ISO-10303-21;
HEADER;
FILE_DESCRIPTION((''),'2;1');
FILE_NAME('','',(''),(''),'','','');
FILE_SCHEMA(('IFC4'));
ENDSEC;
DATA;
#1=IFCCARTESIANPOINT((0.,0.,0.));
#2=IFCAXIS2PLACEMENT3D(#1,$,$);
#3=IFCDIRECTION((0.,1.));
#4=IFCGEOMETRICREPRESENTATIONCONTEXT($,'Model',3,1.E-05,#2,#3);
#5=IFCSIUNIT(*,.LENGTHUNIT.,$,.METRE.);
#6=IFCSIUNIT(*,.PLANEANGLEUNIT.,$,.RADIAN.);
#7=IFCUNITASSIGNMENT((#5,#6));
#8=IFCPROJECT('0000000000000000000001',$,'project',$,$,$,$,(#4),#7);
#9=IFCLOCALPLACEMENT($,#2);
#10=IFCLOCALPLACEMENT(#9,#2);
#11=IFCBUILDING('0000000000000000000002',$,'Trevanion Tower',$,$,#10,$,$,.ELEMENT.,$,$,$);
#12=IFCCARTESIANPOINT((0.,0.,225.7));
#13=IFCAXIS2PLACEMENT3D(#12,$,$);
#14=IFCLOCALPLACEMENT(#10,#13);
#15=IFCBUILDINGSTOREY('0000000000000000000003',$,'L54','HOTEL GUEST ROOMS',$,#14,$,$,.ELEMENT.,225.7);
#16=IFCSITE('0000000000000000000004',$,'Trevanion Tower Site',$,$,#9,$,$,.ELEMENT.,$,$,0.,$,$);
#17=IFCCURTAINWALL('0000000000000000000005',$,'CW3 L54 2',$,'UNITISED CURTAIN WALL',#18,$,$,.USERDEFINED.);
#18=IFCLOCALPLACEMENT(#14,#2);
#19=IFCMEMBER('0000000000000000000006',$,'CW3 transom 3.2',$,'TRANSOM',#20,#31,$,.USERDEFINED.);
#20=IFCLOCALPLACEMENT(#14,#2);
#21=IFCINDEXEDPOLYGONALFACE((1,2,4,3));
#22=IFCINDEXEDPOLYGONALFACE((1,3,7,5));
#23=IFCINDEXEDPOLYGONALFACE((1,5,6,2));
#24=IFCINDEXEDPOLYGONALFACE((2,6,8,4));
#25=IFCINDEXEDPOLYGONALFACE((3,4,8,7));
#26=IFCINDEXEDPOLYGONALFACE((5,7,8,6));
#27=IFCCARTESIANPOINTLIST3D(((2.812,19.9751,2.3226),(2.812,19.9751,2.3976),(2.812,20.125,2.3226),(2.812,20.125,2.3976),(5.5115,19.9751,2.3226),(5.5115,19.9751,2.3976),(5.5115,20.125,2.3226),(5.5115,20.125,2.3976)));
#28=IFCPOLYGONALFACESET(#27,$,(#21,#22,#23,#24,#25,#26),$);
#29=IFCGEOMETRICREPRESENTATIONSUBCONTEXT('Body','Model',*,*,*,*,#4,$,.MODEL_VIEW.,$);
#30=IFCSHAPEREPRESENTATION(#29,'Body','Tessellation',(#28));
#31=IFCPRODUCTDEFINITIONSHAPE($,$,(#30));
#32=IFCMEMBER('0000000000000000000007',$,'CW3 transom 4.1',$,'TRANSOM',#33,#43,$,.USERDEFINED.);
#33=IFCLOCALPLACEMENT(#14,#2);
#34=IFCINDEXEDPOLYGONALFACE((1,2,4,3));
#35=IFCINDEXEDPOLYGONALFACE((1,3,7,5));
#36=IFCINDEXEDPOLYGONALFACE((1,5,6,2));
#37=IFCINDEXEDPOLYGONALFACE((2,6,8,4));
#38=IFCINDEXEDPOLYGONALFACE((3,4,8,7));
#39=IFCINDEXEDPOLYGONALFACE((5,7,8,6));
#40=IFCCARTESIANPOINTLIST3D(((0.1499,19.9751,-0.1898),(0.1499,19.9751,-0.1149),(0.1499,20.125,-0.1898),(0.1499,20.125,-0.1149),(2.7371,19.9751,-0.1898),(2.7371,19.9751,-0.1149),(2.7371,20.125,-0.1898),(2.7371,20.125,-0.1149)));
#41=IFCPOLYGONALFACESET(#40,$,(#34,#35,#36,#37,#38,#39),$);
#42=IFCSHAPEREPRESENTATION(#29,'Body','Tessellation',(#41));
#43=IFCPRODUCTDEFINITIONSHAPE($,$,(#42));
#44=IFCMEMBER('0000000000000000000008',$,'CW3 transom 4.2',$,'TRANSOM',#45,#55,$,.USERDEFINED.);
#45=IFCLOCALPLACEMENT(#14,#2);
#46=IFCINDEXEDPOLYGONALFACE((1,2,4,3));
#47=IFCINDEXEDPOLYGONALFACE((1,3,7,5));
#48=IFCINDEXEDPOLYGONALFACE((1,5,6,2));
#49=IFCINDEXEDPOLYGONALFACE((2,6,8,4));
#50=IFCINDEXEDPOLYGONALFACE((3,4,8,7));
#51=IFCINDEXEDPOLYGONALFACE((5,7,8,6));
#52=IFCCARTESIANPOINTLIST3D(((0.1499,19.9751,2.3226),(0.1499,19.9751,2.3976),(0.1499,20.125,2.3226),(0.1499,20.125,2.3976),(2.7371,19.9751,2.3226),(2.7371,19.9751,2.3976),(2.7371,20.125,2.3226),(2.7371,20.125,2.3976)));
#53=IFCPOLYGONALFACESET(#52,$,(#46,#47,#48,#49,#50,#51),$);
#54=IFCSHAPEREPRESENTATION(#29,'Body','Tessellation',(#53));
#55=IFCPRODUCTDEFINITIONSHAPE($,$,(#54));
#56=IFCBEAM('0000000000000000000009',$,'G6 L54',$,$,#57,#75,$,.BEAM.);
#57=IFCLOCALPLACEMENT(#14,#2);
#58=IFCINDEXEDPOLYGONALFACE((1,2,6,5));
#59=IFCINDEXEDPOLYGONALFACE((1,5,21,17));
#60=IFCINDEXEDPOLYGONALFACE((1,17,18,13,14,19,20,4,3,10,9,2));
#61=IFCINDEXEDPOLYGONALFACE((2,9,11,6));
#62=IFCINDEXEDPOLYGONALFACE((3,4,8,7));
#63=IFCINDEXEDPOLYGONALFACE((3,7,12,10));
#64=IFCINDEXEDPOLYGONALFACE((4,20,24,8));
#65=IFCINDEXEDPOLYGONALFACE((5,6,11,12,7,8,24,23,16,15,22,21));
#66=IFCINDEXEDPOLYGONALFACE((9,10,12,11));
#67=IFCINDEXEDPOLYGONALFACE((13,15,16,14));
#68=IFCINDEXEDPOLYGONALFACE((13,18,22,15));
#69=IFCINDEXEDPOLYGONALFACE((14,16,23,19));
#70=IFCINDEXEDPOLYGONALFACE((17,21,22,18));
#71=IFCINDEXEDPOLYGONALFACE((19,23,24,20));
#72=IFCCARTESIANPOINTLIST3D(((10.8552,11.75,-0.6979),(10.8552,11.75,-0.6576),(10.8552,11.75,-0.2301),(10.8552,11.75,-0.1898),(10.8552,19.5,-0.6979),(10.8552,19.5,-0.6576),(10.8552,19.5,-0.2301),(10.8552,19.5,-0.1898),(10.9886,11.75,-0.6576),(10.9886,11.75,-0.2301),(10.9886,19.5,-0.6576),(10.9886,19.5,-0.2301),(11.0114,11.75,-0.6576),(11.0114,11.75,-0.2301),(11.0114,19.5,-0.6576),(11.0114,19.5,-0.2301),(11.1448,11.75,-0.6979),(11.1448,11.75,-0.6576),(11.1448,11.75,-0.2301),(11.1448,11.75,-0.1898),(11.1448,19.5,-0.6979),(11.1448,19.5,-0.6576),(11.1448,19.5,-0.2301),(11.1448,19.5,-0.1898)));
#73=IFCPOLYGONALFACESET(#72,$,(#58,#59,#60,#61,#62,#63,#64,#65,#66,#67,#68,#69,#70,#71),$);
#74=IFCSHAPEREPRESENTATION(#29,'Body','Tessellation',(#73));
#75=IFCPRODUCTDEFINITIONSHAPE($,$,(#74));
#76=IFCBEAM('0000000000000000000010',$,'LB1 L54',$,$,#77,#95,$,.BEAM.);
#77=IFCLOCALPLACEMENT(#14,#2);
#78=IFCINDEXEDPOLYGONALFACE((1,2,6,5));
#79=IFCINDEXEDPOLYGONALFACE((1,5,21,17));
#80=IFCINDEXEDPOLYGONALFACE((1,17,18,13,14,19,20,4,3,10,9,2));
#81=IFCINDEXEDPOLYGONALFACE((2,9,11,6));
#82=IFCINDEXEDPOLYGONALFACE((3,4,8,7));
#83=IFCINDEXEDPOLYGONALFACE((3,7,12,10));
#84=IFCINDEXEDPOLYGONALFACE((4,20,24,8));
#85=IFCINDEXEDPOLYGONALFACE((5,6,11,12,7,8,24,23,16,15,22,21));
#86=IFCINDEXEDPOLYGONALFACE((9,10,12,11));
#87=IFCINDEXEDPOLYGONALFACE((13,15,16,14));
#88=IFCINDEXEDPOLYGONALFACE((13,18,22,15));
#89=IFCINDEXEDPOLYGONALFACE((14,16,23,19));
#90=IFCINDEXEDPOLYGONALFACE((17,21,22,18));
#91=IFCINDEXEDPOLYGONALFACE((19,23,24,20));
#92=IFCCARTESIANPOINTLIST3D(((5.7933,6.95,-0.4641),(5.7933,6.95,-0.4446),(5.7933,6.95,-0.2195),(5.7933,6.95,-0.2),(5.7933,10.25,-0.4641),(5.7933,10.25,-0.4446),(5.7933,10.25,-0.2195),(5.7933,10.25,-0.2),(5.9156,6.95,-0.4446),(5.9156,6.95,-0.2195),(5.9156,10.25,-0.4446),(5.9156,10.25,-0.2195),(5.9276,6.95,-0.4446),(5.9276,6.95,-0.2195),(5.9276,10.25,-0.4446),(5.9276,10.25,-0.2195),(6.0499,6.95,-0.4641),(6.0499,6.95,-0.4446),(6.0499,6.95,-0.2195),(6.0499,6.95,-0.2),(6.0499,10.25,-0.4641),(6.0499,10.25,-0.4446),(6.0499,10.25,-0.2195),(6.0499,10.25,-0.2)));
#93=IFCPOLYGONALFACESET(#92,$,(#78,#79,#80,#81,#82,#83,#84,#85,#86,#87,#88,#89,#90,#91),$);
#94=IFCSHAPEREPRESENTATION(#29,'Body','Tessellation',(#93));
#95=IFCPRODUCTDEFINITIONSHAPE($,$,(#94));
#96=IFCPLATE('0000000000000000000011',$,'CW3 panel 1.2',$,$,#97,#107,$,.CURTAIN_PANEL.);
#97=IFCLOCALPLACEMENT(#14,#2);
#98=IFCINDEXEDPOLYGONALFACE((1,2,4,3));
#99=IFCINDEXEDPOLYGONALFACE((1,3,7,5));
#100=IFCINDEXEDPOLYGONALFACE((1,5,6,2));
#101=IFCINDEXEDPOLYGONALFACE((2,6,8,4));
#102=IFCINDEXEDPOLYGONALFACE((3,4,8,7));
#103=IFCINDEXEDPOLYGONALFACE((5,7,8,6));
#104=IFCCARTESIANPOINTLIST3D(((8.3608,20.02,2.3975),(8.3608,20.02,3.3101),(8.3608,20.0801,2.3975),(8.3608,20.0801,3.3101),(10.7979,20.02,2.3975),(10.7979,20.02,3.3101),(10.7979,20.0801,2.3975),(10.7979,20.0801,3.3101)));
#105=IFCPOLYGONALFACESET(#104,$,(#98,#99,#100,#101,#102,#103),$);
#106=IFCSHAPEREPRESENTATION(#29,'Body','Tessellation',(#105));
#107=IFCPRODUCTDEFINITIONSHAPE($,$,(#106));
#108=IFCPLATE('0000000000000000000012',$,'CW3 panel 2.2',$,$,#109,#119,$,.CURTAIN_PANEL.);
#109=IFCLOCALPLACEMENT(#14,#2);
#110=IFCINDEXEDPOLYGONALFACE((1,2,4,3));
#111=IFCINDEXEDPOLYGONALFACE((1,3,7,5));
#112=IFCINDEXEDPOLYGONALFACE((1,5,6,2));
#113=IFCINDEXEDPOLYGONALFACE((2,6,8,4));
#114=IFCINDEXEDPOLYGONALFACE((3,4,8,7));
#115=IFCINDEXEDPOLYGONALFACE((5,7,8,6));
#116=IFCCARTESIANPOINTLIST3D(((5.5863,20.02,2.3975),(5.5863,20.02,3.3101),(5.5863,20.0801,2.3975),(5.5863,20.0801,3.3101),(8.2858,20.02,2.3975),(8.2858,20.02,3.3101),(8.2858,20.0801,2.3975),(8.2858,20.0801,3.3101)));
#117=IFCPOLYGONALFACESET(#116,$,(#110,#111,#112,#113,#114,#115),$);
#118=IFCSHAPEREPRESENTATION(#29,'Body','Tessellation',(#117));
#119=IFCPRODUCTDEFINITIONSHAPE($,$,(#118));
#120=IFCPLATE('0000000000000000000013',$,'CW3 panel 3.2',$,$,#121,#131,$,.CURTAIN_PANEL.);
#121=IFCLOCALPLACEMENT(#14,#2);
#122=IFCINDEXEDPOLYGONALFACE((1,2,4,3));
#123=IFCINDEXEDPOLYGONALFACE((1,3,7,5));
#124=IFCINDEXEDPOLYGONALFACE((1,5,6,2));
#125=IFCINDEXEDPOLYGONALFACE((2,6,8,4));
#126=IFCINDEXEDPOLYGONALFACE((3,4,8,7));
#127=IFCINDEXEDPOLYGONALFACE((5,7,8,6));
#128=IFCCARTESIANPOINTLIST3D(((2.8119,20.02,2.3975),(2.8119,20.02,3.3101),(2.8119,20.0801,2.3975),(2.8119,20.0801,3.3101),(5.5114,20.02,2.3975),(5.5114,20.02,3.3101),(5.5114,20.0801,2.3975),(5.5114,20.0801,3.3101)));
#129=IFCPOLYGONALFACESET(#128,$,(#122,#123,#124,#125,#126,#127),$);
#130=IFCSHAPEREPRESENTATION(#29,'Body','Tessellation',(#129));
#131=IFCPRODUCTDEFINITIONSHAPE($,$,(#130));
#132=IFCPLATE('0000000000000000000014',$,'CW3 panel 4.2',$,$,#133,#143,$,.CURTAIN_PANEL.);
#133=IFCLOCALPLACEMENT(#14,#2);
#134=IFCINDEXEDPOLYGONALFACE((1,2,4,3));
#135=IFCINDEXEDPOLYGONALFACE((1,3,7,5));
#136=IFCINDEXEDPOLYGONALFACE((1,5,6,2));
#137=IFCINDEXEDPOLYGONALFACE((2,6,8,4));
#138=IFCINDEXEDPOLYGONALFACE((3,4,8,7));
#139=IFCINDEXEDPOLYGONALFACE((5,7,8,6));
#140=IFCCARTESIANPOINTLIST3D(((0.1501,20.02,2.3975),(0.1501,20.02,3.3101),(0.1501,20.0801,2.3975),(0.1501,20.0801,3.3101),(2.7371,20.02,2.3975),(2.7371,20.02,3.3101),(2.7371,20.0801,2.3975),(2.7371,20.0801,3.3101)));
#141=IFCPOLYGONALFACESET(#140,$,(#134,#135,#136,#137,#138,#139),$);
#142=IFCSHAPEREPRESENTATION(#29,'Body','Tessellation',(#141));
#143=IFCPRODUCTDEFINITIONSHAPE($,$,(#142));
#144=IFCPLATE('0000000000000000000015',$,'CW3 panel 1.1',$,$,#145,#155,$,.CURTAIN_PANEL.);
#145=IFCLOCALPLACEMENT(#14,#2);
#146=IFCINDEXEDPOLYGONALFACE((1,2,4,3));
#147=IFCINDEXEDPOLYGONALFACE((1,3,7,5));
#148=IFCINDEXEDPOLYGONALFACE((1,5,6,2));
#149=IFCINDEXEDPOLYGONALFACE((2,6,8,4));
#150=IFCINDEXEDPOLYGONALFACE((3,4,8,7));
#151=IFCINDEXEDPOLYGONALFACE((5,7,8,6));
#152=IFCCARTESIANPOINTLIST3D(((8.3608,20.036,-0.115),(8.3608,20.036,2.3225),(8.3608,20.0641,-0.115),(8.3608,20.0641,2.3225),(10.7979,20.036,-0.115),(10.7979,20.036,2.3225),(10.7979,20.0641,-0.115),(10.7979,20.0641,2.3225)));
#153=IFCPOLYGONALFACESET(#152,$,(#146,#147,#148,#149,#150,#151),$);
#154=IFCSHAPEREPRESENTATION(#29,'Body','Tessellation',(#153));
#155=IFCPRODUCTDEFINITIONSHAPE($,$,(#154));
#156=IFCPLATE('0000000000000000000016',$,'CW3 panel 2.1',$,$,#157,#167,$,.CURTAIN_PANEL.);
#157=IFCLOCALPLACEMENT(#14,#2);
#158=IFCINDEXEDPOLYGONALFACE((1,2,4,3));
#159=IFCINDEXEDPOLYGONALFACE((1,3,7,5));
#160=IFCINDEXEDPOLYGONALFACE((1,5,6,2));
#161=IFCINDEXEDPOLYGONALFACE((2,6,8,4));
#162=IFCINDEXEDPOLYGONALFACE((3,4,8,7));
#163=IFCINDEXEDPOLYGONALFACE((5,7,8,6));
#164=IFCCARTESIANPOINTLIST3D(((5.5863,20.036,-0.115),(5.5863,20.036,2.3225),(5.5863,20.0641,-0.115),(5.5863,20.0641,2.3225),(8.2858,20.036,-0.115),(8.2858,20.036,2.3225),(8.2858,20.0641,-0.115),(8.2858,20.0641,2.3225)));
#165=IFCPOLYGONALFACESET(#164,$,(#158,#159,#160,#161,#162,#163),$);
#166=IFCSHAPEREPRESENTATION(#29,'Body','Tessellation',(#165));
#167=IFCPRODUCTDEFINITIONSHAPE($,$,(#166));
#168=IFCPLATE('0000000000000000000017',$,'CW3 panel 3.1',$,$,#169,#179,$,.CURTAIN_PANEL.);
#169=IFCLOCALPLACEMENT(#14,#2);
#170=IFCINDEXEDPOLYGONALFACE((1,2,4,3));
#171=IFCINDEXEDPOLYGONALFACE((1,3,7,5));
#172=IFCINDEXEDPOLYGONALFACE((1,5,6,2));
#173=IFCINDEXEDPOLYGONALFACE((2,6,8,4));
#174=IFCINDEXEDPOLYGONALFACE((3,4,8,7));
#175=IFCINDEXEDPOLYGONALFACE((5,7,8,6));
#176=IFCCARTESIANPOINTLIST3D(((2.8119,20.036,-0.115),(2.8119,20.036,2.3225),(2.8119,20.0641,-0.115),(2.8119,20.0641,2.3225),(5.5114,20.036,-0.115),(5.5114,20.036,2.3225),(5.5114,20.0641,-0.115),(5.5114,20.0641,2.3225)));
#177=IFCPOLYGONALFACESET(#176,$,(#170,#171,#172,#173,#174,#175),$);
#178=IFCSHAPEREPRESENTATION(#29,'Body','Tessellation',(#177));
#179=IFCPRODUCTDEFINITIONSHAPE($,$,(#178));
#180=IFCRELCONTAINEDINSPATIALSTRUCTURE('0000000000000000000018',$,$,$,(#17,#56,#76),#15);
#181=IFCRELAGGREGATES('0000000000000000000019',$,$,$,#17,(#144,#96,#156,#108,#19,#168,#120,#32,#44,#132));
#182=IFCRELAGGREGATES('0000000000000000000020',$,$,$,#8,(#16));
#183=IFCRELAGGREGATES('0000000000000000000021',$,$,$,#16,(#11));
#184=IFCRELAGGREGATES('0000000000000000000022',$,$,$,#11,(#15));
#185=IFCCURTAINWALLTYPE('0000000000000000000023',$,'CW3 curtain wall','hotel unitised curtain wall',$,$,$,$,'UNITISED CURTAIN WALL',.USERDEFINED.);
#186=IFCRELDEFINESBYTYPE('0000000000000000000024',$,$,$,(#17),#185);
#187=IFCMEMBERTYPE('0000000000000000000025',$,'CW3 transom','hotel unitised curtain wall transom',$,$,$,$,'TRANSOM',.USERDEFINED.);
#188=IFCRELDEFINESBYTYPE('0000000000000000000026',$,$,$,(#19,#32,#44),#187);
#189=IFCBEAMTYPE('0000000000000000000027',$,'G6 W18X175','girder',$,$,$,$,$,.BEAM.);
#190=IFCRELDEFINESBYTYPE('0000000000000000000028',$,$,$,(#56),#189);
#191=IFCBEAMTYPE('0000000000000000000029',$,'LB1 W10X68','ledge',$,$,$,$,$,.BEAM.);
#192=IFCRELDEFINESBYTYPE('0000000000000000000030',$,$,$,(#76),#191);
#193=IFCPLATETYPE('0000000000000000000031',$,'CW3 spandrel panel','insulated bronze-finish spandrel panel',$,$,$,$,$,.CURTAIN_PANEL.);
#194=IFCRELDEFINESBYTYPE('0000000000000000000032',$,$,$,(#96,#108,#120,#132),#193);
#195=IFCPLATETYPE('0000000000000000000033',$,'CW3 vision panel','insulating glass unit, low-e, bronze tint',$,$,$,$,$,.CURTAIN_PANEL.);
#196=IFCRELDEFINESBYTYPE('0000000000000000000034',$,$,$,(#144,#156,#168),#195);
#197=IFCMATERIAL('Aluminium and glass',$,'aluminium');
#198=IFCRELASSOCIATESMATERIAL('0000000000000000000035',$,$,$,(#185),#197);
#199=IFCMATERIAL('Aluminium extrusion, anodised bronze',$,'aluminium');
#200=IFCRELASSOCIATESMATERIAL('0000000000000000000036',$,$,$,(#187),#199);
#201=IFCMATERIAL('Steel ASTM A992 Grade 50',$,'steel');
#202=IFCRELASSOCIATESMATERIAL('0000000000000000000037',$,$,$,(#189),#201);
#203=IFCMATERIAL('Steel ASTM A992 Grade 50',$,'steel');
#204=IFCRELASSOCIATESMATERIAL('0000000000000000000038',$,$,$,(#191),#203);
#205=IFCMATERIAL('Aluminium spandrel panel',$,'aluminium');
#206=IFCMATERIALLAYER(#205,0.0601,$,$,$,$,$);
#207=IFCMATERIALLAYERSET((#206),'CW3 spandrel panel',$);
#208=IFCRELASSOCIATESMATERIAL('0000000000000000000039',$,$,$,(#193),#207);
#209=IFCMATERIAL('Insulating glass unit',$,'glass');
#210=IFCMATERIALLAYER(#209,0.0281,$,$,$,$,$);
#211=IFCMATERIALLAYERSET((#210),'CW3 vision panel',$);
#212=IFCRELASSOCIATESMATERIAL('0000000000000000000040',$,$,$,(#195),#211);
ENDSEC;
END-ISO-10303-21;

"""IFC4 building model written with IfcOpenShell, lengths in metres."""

from ifc_helpers import new_model, si_unit, direction, frame, origin, origin_2d, place, context, subcontext, project, spatial, rectangle, i_section, extrude, material, layer, layer_set, material_profile, profile_set, type_object, element, aggregate, save


model = new_model("IFC4")

# Units and contexts
model_context = context("Model", 3, precision=1e-05, world=origin(), true_north=direction((0.0, 1.0)))
body_context = subcontext(model_context, "Body", "Model", "MODEL_VIEW")
ifc_project = project(units=[si_unit("LENGTHUNIT", "METRE"), si_unit("PLANEANGLEUNIT", "RADIAN")], contexts=[model_context])

# Site, building, storey
site_placement = place(None, origin())
site = spatial("IfcSite", under=ifc_project, at=site_placement, Name="Trevanion Tower Site", CompositionType="ELEMENT", RefElevation=0.0)
building_placement = place(site_placement, origin())
building = spatial("IfcBuilding", under=site, at=building_placement, Name="Trevanion Tower", CompositionType="ELEMENT")
storey_placement = place(building_placement, frame((0.0, 0.0, 225.7)))
storey = spatial("IfcBuildingStorey", under=building, at=storey_placement, Name="L54", Description="HOTEL GUEST ROOMS", CompositionType="ELEMENT", Elevation=225.7)

# Curtain wall, members
ifc_material_1 = material(Name="Aluminium and glass", Category="aluminium")
curtain_wall_type = type_object("IfcCurtainWallType", Name="CW3 curtain wall", Description="hotel unitised curtain wall", ElementType="UNITISED CURTAIN WALL", PredefinedType="USERDEFINED", material=ifc_material_1)
curtain_wall_placement = place(storey_placement, origin())
curtain_wall = element("IfcCurtainWall", 1, at=curtain_wall_placement, inside=storey, type_object=curtain_wall_type, Name="CW3 L54 2", ObjectType="UNITISED CURTAIN WALL", PredefinedType="USERDEFINED")
ifc_material_2 = material(Name="Aluminium extrusion, anodised bronze", Category="aluminium")
ifc_material_profile_1 = material_profile(ifc_material_2, rectangle(XDim=0.1499, YDim=0.075, at=origin_2d()), Name="CW3 transom")
ifc_profile_set_1 = profile_set([ifc_material_profile_1], Name="Aluminium extrusion, anodised bronze")
member_type_1 = type_object("IfcMemberType", Name="CW3 transom", Description="hotel unitised curtain wall transom", ElementType="TRANSOM", PredefinedType="USERDEFINED", material=ifc_profile_set_1)
member_1_placement = place(storey_placement, frame((5.5115, 20.05, 2.3601), z_axis=(-1.0, 0.0, 0.0), x_axis=(0.0, -1.0, 0.0)))
member_1 = element("IfcMember", 2, at=member_1_placement, type_object=member_type_1, Name="CW3 transom 3.2", ObjectType="TRANSOM", PredefinedType="USERDEFINED", context=body_context, shape_type="SweptSolid", body=[
    extrude(rectangle(XDim=0.1499, YDim=0.075, at=origin_2d()), origin(), (0.0, 0.0, 1.0), 2.6995),
])
member_2_placement = place(storey_placement, frame((2.7371, 20.05, -0.1523), z_axis=(-1.0, 0.0, 0.0), x_axis=(0.0, -1.0, 0.0)))
member_2 = element("IfcMember", 3, at=member_2_placement, type_object=member_type_1, Name="CW3 transom 4.1", ObjectType="TRANSOM", PredefinedType="USERDEFINED", context=body_context, shape_type="SweptSolid", body=[
    extrude(rectangle(XDim=0.1499, YDim=0.075, at=origin_2d()), origin(), (0.0, 0.0, 1.0), 2.5872),
])
member_3_placement = place(storey_placement, frame((2.7371, 20.05, 2.3601), z_axis=(-1.0, 0.0, 0.0), x_axis=(0.0, -1.0, 0.0)))
member_3 = element("IfcMember", 4, at=member_3_placement, type_object=member_type_1, Name="CW3 transom 4.2", ObjectType="TRANSOM", PredefinedType="USERDEFINED", context=body_context, shape_type="SweptSolid", body=[
    extrude(rectangle(XDim=0.1499, YDim=0.075, at=origin_2d()), origin(), (0.0, 0.0, 1.0), 2.5872),
])

# Beams
ifc_material_3 = material(Name="Steel ASTM A992 Grade 50", Category="steel")
ifc_material_profile_2 = material_profile(ifc_material_3, i_section(OverallWidth=0.2896, OverallDepth=0.5081, WebThickness=0.0227, FlangeThickness=0.0403, at=origin_2d()), Name="W18X175")
ifc_profile_set_2 = profile_set([ifc_material_profile_2], Name="Steel ASTM A992 Grade 50")
beam_type_1 = type_object("IfcBeamType", Name="G6 W18X175", Description="girder", PredefinedType="BEAM", material=ifc_profile_set_2)
beam_1_placement = place(storey_placement, frame((11.0, 11.75, -0.4438), z_axis=(0.0, 1.0, 0.0), x_axis=(-1.0, 0.0, 0.0)))
element("IfcBeam", 5, at=beam_1_placement, inside=storey, type_object=beam_type_1, Name="G6 L54", PredefinedType="BEAM", context=body_context, shape_type="SweptSolid", body=[
    extrude(i_section(OverallWidth=0.2896, OverallDepth=0.5081, WebThickness=0.0227, FlangeThickness=0.0403, at=origin_2d()), origin(), (0.0, 0.0, 1.0), 7.75),
])
ifc_material_4 = material(Name="Steel ASTM A992 Grade 50", Category="steel")
ifc_material_profile_3 = material_profile(ifc_material_4, i_section(OverallWidth=0.2566, OverallDepth=0.2642, WebThickness=0.012, FlangeThickness=0.0195, at=origin_2d()), Name="W10X68")
ifc_profile_set_3 = profile_set([ifc_material_profile_3], Name="Steel ASTM A992 Grade 50")
beam_type_2 = type_object("IfcBeamType", Name="LB1 W10X68", Description="ledge", PredefinedType="BEAM", material=ifc_profile_set_3)
beam_2_placement = place(storey_placement, frame((5.9216, 6.95, -0.332), z_axis=(0.0, 1.0, 0.0), x_axis=(-1.0, 0.0, 0.0)))
element("IfcBeam", 6, at=beam_2_placement, inside=storey, type_object=beam_type_2, Name="LB1 L54", PredefinedType="BEAM", context=body_context, shape_type="SweptSolid", body=[
    extrude(i_section(OverallWidth=0.2566, OverallDepth=0.2642, WebThickness=0.012, FlangeThickness=0.0195, at=origin_2d()), origin(), (0.0, 0.0, 1.0), 3.3),
])

# Plates
ifc_material_5 = material(Name="Aluminium spandrel panel", Category="aluminium")
ifc_layer_1 = layer(ifc_material_5, 0.0601)
ifc_layer_set_1 = layer_set([ifc_layer_1], Name="CW3 spandrel panel")
plate_type_1 = type_object("IfcPlateType", Name="CW3 spandrel panel", Description="insulated bronze-finish spandrel panel", PredefinedType="CURTAIN_PANEL", material=ifc_layer_set_1)
plate_1_placement = place(storey_placement, frame((9.5793, 20.05, 2.3975), z_axis=(0.0, 0.0, 1.0), x_axis=(-1.0, 0.0, 0.0)))
plate_1 = element("IfcPlate", 7, at=plate_1_placement, type_object=plate_type_1, Name="CW3 panel 1.2", PredefinedType="CURTAIN_PANEL", context=body_context, shape_type="SweptSolid", body=[
    extrude(rectangle(XDim=2.437, YDim=0.0601, at=origin_2d()), origin(), (0.0, 0.0, 1.0), 0.9126),
])
plate_2_placement = place(storey_placement, frame((6.936, 20.05, 2.3975), z_axis=(0.0, 0.0, 1.0), x_axis=(-1.0, 0.0, 0.0)))
plate_2 = element("IfcPlate", 8, at=plate_2_placement, type_object=plate_type_1, Name="CW3 panel 2.2", PredefinedType="CURTAIN_PANEL", context=body_context, shape_type="SweptSolid", body=[
    extrude(rectangle(XDim=2.6995, YDim=0.0601, at=origin_2d()), origin(), (0.0, 0.0, 1.0), 0.9126),
])
plate_3_placement = place(storey_placement, frame((4.1616, 20.05, 2.3975), z_axis=(0.0, 0.0, 1.0), x_axis=(-1.0, 0.0, 0.0)))
plate_3 = element("IfcPlate", 9, at=plate_3_placement, type_object=plate_type_1, Name="CW3 panel 3.2", PredefinedType="CURTAIN_PANEL", context=body_context, shape_type="SweptSolid", body=[
    extrude(rectangle(XDim=2.6995, YDim=0.0601, at=origin_2d()), origin(), (0.0, 0.0, 1.0), 0.9126),
])
plate_4_placement = place(storey_placement, frame((1.4436, 20.05, 2.3975), z_axis=(0.0, 0.0, 1.0), x_axis=(-1.0, 0.0, 0.0)))
plate_4 = element("IfcPlate", 10, at=plate_4_placement, type_object=plate_type_1, Name="CW3 panel 4.2", PredefinedType="CURTAIN_PANEL", context=body_context, shape_type="SweptSolid", body=[
    extrude(rectangle(XDim=2.5869, YDim=0.0601, at=origin_2d()), origin(), (0.0, 0.0, 1.0), 0.9126),
])
ifc_material_6 = material(Name="Insulating glass unit", Category="glass")
ifc_layer_2 = layer(ifc_material_6, 0.0281)
ifc_layer_set_2 = layer_set([ifc_layer_2], Name="CW3 vision panel")
plate_type_2 = type_object("IfcPlateType", Name="CW3 vision panel", Description="insulating glass unit, low-e, bronze tint", PredefinedType="CURTAIN_PANEL", material=ifc_layer_set_2)
plate_5_placement = place(storey_placement, frame((9.5793, 20.05, -0.115), z_axis=(0.0, 0.0, 1.0), x_axis=(-1.0, 0.0, 0.0)))
plate_5 = element("IfcPlate", 11, at=plate_5_placement, type_object=plate_type_2, Name="CW3 panel 1.1", PredefinedType="CURTAIN_PANEL", context=body_context, shape_type="SweptSolid", body=[
    extrude(rectangle(XDim=2.437, YDim=0.0281, at=origin_2d()), origin(), (0.0, 0.0, 1.0), 2.4375),
])
plate_6_placement = place(storey_placement, frame((6.936, 20.05, -0.115), z_axis=(0.0, 0.0, 1.0), x_axis=(-1.0, 0.0, 0.0)))
plate_6 = element("IfcPlate", 12, at=plate_6_placement, type_object=plate_type_2, Name="CW3 panel 2.1", PredefinedType="CURTAIN_PANEL", context=body_context, shape_type="SweptSolid", body=[
    extrude(rectangle(XDim=2.6995, YDim=0.0281, at=origin_2d()), origin(), (0.0, 0.0, 1.0), 2.4375),
])
plate_7_placement = place(storey_placement, frame((4.1616, 20.05, -0.115), z_axis=(0.0, 0.0, 1.0), x_axis=(-1.0, 0.0, 0.0)))
plate_7 = element("IfcPlate", 13, at=plate_7_placement, type_object=plate_type_2, Name="CW3 panel 3.1", PredefinedType="CURTAIN_PANEL", context=body_context, shape_type="SweptSolid", body=[
    extrude(rectangle(XDim=2.6995, YDim=0.0281, at=origin_2d()), origin(), (0.0, 0.0, 1.0), 2.4375),
])
aggregate(curtain_wall, [plate_5, plate_1, plate_6, plate_2, member_1, plate_7, plate_3, member_2, member_3, plate_4])

save(model, "model.ifc")
